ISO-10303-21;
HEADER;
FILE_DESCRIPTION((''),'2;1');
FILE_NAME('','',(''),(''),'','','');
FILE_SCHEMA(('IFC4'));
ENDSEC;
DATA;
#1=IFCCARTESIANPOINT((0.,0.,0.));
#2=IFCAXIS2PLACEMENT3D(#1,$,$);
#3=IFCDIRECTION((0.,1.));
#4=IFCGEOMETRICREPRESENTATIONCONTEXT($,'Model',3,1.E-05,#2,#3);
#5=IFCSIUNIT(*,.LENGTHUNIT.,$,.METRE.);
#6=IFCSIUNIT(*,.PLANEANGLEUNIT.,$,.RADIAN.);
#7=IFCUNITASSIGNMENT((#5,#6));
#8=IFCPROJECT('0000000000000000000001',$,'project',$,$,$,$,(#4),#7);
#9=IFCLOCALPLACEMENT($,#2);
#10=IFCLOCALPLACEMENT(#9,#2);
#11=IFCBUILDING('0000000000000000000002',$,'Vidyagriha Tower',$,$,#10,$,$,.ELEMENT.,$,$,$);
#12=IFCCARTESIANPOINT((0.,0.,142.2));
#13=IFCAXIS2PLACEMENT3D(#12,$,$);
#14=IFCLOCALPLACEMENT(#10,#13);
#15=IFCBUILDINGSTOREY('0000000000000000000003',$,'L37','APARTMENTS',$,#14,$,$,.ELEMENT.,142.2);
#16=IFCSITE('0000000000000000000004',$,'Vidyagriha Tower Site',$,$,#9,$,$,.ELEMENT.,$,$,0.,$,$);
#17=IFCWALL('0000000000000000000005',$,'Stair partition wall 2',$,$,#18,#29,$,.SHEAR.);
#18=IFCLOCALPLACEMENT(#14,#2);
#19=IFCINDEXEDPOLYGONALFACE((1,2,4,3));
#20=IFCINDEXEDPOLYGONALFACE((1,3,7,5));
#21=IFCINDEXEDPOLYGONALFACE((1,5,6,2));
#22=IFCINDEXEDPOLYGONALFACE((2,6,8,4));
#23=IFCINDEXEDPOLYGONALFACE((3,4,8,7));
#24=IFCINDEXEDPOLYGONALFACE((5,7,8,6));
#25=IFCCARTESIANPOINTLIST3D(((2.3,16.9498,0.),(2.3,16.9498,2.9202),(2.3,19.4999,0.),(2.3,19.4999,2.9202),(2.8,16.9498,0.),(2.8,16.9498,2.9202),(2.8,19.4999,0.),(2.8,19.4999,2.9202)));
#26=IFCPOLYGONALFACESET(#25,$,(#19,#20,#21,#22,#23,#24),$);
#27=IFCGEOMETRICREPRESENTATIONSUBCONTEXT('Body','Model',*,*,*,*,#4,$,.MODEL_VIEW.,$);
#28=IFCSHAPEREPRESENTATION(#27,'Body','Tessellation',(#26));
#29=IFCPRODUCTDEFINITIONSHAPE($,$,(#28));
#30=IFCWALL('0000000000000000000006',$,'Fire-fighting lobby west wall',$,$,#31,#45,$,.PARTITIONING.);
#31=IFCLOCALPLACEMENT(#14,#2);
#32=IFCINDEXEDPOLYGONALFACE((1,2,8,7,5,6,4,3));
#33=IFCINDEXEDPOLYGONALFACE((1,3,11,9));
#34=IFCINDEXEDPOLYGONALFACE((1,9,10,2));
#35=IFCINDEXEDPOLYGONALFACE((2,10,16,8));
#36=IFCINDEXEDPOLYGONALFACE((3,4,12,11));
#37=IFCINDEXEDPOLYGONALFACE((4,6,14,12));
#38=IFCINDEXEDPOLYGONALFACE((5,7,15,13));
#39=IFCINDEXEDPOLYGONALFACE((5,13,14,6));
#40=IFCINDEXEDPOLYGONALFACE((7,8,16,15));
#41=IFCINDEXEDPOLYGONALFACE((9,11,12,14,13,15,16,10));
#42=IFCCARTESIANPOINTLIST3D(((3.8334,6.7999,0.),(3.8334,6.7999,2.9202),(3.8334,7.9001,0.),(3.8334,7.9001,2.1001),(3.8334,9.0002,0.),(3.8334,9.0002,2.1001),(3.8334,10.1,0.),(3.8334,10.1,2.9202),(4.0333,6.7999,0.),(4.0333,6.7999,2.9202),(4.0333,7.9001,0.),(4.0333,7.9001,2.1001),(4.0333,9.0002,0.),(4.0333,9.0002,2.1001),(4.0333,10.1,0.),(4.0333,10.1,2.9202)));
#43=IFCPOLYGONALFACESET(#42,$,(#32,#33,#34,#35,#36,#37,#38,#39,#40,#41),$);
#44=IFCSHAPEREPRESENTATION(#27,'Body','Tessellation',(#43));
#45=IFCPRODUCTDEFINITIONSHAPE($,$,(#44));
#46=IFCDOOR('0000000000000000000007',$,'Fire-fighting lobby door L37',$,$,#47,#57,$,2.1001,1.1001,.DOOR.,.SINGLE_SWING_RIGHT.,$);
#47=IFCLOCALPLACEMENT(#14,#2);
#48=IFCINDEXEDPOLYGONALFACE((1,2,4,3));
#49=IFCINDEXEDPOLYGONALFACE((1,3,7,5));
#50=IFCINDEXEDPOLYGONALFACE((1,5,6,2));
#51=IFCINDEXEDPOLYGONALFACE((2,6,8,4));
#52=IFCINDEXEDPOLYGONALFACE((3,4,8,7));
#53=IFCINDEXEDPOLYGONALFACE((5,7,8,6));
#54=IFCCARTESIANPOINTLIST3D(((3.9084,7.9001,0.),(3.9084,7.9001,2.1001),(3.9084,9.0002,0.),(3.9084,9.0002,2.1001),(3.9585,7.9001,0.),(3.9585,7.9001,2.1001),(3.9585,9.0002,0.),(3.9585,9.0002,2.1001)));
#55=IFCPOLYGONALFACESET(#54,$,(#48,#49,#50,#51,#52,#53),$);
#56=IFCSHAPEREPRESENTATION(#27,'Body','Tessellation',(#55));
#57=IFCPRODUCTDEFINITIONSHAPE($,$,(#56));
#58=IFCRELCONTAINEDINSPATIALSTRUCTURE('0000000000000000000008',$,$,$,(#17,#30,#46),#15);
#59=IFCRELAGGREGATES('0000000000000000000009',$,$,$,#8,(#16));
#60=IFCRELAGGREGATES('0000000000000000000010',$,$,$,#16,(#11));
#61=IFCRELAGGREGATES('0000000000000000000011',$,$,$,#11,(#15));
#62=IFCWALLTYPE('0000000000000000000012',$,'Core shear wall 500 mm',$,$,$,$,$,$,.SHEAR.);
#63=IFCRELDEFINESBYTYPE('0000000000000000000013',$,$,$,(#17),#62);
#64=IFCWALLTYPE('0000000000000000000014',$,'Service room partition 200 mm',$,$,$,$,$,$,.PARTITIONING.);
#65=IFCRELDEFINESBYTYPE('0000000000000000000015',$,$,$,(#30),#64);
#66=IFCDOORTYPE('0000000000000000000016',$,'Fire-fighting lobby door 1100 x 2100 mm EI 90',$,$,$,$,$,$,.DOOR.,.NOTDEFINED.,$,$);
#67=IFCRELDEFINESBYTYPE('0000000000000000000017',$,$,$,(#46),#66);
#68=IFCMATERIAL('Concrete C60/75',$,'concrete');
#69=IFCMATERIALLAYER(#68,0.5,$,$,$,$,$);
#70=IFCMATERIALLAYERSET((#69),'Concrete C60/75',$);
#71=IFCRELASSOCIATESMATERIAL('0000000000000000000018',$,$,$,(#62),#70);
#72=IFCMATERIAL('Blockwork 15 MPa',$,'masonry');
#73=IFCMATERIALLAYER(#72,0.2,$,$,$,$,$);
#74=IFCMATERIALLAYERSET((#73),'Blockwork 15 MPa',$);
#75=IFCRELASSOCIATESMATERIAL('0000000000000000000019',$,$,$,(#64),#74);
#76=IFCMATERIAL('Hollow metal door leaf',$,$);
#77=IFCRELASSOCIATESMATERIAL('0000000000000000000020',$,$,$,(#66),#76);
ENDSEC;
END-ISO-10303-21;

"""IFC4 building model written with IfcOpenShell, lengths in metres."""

from ifc_helpers import new_model, si_unit, direction, frame, frame_2d, origin, place, context, subcontext, project, spatial, rectangle, extrude, material, layer, layer_set, type_object, element, fill, save


model = new_model("IFC4")

# Units and contexts
model_context = context("Model", 3, precision=1e-05, world=origin(), true_north=direction((0.0, 1.0)))
body_context = subcontext(model_context, "Body", "Model", "MODEL_VIEW")
ifc_project = project(units=[si_unit("LENGTHUNIT", "METRE"), si_unit("PLANEANGLEUNIT", "RADIAN")], contexts=[model_context])

# Site, building, storey
site_placement = place(None, origin())
site = spatial("IfcSite", under=ifc_project, at=site_placement, Name="Vidyagriha Tower Site", CompositionType="ELEMENT", RefElevation=0.0)
building_placement = place(site_placement, origin())
building = spatial("IfcBuilding", under=site, at=building_placement, Name="Vidyagriha Tower", CompositionType="ELEMENT")
storey_placement = place(building_placement, frame((0.0, 0.0, 142.2)))
storey = spatial("IfcBuildingStorey", under=building, at=storey_placement, Name="L37", Description="APARTMENTS", CompositionType="ELEMENT", Elevation=142.2)

# Wall
ifc_material_1 = material(Name="Concrete C60/75", Category="concrete")
ifc_layer_1 = layer(ifc_material_1, 0.5)
ifc_layer_set_1 = layer_set([ifc_layer_1], Name="Concrete C60/75")
wall_type_1 = type_object("IfcWallType", Name="Core shear wall 500 mm", PredefinedType="SHEAR", material=ifc_layer_set_1)
wall_1_placement = place(storey_placement, frame((2.55, 16.95, 0.0), z_axis=(0.0, 0.0, 1.0), x_axis=(0.0, 1.0, 0.0)))
element("IfcWall", 1, at=wall_1_placement, inside=storey, type_object=wall_type_1, Name="Stair partition wall 2", PredefinedType="SHEAR", context=body_context, shape_type="SweptSolid", body=[
    extrude(rectangle(XDim=2.55, YDim=0.5, at=frame_2d((1.2749, 0.0))), origin(), (0.0, 0.0, 1.0), 2.9202),
])

# Wall, opening, door
ifc_material_2 = material(Name="Blockwork 15 MPa", Category="masonry")
ifc_layer_2 = layer(ifc_material_2, 0.2)
ifc_layer_set_2 = layer_set([ifc_layer_2], Name="Blockwork 15 MPa")
wall_type_2 = type_object("IfcWallType", Name="Service room partition 200 mm", PredefinedType="PARTITIONING", material=ifc_layer_set_2)
wall_2_placement = place(storey_placement, frame((3.9333, 6.8, 0.0), z_axis=(0.0, 0.0, 1.0), x_axis=(0.0, 1.0, 0.0)))
wall_2 = element("IfcWall", 2, at=wall_2_placement, inside=storey, type_object=wall_type_2, Name="Fire-fighting lobby west wall", PredefinedType="PARTITIONING", context=body_context, shape_type="SweptSolid", body=[
    extrude(rectangle(XDim=3.3, YDim=0.2, at=frame_2d((1.6499, 0.0))), origin(), (0.0, 0.0, 1.0), 2.9202),
])
opening_1_placement = place(wall_2_placement, frame((1.1001, 0.0, 0.0)))
opening_1 = element("IfcOpeningElement", 3, at=opening_1_placement, cuts=wall_2, PredefinedType="OPENING", context=body_context, shape_type="SweptSolid", body=[
    extrude(rectangle(XDim=1.1001, YDim=2.1001, at=frame_2d((0.55, 1.05))), frame((0.0, 0.1099, 0.0), z_axis=(0.0, -1.0, 0.0), x_axis=(1.0, 0.0, 0.0)), (0.0, 0.0, 1.0), 0.22),
])
ifc_material_3 = material(Name="Hollow metal door leaf")
door_type_1 = type_object("IfcDoorType", Name="Fire-fighting lobby door 1100 x 2100 mm EI 90", OperationType="NOTDEFINED", PredefinedType="DOOR", material=ifc_material_3)
door_1_placement = place(opening_1_placement, origin())
door_1 = element("IfcDoor", 4, at=door_1_placement, inside=storey, type_object=door_type_1, Name="Fire-fighting lobby door L37", OperationType="SINGLE_SWING_RIGHT", OverallHeight=2.1001, OverallWidth=1.1001, PredefinedType="DOOR", context=body_context, shape_type="SweptSolid", body=[
    extrude(rectangle(XDim=1.1001, YDim=2.1001, at=frame_2d((0.55, 1.05))), frame((0.0, 0.0249, 0.0), z_axis=(0.0, -1.0, 0.0), x_axis=(1.0, 0.0, 0.0)), (0.0, 0.0, 1.0), 0.05),
])
fill(opening_1, door_1)

save(model, "model.ifc")
